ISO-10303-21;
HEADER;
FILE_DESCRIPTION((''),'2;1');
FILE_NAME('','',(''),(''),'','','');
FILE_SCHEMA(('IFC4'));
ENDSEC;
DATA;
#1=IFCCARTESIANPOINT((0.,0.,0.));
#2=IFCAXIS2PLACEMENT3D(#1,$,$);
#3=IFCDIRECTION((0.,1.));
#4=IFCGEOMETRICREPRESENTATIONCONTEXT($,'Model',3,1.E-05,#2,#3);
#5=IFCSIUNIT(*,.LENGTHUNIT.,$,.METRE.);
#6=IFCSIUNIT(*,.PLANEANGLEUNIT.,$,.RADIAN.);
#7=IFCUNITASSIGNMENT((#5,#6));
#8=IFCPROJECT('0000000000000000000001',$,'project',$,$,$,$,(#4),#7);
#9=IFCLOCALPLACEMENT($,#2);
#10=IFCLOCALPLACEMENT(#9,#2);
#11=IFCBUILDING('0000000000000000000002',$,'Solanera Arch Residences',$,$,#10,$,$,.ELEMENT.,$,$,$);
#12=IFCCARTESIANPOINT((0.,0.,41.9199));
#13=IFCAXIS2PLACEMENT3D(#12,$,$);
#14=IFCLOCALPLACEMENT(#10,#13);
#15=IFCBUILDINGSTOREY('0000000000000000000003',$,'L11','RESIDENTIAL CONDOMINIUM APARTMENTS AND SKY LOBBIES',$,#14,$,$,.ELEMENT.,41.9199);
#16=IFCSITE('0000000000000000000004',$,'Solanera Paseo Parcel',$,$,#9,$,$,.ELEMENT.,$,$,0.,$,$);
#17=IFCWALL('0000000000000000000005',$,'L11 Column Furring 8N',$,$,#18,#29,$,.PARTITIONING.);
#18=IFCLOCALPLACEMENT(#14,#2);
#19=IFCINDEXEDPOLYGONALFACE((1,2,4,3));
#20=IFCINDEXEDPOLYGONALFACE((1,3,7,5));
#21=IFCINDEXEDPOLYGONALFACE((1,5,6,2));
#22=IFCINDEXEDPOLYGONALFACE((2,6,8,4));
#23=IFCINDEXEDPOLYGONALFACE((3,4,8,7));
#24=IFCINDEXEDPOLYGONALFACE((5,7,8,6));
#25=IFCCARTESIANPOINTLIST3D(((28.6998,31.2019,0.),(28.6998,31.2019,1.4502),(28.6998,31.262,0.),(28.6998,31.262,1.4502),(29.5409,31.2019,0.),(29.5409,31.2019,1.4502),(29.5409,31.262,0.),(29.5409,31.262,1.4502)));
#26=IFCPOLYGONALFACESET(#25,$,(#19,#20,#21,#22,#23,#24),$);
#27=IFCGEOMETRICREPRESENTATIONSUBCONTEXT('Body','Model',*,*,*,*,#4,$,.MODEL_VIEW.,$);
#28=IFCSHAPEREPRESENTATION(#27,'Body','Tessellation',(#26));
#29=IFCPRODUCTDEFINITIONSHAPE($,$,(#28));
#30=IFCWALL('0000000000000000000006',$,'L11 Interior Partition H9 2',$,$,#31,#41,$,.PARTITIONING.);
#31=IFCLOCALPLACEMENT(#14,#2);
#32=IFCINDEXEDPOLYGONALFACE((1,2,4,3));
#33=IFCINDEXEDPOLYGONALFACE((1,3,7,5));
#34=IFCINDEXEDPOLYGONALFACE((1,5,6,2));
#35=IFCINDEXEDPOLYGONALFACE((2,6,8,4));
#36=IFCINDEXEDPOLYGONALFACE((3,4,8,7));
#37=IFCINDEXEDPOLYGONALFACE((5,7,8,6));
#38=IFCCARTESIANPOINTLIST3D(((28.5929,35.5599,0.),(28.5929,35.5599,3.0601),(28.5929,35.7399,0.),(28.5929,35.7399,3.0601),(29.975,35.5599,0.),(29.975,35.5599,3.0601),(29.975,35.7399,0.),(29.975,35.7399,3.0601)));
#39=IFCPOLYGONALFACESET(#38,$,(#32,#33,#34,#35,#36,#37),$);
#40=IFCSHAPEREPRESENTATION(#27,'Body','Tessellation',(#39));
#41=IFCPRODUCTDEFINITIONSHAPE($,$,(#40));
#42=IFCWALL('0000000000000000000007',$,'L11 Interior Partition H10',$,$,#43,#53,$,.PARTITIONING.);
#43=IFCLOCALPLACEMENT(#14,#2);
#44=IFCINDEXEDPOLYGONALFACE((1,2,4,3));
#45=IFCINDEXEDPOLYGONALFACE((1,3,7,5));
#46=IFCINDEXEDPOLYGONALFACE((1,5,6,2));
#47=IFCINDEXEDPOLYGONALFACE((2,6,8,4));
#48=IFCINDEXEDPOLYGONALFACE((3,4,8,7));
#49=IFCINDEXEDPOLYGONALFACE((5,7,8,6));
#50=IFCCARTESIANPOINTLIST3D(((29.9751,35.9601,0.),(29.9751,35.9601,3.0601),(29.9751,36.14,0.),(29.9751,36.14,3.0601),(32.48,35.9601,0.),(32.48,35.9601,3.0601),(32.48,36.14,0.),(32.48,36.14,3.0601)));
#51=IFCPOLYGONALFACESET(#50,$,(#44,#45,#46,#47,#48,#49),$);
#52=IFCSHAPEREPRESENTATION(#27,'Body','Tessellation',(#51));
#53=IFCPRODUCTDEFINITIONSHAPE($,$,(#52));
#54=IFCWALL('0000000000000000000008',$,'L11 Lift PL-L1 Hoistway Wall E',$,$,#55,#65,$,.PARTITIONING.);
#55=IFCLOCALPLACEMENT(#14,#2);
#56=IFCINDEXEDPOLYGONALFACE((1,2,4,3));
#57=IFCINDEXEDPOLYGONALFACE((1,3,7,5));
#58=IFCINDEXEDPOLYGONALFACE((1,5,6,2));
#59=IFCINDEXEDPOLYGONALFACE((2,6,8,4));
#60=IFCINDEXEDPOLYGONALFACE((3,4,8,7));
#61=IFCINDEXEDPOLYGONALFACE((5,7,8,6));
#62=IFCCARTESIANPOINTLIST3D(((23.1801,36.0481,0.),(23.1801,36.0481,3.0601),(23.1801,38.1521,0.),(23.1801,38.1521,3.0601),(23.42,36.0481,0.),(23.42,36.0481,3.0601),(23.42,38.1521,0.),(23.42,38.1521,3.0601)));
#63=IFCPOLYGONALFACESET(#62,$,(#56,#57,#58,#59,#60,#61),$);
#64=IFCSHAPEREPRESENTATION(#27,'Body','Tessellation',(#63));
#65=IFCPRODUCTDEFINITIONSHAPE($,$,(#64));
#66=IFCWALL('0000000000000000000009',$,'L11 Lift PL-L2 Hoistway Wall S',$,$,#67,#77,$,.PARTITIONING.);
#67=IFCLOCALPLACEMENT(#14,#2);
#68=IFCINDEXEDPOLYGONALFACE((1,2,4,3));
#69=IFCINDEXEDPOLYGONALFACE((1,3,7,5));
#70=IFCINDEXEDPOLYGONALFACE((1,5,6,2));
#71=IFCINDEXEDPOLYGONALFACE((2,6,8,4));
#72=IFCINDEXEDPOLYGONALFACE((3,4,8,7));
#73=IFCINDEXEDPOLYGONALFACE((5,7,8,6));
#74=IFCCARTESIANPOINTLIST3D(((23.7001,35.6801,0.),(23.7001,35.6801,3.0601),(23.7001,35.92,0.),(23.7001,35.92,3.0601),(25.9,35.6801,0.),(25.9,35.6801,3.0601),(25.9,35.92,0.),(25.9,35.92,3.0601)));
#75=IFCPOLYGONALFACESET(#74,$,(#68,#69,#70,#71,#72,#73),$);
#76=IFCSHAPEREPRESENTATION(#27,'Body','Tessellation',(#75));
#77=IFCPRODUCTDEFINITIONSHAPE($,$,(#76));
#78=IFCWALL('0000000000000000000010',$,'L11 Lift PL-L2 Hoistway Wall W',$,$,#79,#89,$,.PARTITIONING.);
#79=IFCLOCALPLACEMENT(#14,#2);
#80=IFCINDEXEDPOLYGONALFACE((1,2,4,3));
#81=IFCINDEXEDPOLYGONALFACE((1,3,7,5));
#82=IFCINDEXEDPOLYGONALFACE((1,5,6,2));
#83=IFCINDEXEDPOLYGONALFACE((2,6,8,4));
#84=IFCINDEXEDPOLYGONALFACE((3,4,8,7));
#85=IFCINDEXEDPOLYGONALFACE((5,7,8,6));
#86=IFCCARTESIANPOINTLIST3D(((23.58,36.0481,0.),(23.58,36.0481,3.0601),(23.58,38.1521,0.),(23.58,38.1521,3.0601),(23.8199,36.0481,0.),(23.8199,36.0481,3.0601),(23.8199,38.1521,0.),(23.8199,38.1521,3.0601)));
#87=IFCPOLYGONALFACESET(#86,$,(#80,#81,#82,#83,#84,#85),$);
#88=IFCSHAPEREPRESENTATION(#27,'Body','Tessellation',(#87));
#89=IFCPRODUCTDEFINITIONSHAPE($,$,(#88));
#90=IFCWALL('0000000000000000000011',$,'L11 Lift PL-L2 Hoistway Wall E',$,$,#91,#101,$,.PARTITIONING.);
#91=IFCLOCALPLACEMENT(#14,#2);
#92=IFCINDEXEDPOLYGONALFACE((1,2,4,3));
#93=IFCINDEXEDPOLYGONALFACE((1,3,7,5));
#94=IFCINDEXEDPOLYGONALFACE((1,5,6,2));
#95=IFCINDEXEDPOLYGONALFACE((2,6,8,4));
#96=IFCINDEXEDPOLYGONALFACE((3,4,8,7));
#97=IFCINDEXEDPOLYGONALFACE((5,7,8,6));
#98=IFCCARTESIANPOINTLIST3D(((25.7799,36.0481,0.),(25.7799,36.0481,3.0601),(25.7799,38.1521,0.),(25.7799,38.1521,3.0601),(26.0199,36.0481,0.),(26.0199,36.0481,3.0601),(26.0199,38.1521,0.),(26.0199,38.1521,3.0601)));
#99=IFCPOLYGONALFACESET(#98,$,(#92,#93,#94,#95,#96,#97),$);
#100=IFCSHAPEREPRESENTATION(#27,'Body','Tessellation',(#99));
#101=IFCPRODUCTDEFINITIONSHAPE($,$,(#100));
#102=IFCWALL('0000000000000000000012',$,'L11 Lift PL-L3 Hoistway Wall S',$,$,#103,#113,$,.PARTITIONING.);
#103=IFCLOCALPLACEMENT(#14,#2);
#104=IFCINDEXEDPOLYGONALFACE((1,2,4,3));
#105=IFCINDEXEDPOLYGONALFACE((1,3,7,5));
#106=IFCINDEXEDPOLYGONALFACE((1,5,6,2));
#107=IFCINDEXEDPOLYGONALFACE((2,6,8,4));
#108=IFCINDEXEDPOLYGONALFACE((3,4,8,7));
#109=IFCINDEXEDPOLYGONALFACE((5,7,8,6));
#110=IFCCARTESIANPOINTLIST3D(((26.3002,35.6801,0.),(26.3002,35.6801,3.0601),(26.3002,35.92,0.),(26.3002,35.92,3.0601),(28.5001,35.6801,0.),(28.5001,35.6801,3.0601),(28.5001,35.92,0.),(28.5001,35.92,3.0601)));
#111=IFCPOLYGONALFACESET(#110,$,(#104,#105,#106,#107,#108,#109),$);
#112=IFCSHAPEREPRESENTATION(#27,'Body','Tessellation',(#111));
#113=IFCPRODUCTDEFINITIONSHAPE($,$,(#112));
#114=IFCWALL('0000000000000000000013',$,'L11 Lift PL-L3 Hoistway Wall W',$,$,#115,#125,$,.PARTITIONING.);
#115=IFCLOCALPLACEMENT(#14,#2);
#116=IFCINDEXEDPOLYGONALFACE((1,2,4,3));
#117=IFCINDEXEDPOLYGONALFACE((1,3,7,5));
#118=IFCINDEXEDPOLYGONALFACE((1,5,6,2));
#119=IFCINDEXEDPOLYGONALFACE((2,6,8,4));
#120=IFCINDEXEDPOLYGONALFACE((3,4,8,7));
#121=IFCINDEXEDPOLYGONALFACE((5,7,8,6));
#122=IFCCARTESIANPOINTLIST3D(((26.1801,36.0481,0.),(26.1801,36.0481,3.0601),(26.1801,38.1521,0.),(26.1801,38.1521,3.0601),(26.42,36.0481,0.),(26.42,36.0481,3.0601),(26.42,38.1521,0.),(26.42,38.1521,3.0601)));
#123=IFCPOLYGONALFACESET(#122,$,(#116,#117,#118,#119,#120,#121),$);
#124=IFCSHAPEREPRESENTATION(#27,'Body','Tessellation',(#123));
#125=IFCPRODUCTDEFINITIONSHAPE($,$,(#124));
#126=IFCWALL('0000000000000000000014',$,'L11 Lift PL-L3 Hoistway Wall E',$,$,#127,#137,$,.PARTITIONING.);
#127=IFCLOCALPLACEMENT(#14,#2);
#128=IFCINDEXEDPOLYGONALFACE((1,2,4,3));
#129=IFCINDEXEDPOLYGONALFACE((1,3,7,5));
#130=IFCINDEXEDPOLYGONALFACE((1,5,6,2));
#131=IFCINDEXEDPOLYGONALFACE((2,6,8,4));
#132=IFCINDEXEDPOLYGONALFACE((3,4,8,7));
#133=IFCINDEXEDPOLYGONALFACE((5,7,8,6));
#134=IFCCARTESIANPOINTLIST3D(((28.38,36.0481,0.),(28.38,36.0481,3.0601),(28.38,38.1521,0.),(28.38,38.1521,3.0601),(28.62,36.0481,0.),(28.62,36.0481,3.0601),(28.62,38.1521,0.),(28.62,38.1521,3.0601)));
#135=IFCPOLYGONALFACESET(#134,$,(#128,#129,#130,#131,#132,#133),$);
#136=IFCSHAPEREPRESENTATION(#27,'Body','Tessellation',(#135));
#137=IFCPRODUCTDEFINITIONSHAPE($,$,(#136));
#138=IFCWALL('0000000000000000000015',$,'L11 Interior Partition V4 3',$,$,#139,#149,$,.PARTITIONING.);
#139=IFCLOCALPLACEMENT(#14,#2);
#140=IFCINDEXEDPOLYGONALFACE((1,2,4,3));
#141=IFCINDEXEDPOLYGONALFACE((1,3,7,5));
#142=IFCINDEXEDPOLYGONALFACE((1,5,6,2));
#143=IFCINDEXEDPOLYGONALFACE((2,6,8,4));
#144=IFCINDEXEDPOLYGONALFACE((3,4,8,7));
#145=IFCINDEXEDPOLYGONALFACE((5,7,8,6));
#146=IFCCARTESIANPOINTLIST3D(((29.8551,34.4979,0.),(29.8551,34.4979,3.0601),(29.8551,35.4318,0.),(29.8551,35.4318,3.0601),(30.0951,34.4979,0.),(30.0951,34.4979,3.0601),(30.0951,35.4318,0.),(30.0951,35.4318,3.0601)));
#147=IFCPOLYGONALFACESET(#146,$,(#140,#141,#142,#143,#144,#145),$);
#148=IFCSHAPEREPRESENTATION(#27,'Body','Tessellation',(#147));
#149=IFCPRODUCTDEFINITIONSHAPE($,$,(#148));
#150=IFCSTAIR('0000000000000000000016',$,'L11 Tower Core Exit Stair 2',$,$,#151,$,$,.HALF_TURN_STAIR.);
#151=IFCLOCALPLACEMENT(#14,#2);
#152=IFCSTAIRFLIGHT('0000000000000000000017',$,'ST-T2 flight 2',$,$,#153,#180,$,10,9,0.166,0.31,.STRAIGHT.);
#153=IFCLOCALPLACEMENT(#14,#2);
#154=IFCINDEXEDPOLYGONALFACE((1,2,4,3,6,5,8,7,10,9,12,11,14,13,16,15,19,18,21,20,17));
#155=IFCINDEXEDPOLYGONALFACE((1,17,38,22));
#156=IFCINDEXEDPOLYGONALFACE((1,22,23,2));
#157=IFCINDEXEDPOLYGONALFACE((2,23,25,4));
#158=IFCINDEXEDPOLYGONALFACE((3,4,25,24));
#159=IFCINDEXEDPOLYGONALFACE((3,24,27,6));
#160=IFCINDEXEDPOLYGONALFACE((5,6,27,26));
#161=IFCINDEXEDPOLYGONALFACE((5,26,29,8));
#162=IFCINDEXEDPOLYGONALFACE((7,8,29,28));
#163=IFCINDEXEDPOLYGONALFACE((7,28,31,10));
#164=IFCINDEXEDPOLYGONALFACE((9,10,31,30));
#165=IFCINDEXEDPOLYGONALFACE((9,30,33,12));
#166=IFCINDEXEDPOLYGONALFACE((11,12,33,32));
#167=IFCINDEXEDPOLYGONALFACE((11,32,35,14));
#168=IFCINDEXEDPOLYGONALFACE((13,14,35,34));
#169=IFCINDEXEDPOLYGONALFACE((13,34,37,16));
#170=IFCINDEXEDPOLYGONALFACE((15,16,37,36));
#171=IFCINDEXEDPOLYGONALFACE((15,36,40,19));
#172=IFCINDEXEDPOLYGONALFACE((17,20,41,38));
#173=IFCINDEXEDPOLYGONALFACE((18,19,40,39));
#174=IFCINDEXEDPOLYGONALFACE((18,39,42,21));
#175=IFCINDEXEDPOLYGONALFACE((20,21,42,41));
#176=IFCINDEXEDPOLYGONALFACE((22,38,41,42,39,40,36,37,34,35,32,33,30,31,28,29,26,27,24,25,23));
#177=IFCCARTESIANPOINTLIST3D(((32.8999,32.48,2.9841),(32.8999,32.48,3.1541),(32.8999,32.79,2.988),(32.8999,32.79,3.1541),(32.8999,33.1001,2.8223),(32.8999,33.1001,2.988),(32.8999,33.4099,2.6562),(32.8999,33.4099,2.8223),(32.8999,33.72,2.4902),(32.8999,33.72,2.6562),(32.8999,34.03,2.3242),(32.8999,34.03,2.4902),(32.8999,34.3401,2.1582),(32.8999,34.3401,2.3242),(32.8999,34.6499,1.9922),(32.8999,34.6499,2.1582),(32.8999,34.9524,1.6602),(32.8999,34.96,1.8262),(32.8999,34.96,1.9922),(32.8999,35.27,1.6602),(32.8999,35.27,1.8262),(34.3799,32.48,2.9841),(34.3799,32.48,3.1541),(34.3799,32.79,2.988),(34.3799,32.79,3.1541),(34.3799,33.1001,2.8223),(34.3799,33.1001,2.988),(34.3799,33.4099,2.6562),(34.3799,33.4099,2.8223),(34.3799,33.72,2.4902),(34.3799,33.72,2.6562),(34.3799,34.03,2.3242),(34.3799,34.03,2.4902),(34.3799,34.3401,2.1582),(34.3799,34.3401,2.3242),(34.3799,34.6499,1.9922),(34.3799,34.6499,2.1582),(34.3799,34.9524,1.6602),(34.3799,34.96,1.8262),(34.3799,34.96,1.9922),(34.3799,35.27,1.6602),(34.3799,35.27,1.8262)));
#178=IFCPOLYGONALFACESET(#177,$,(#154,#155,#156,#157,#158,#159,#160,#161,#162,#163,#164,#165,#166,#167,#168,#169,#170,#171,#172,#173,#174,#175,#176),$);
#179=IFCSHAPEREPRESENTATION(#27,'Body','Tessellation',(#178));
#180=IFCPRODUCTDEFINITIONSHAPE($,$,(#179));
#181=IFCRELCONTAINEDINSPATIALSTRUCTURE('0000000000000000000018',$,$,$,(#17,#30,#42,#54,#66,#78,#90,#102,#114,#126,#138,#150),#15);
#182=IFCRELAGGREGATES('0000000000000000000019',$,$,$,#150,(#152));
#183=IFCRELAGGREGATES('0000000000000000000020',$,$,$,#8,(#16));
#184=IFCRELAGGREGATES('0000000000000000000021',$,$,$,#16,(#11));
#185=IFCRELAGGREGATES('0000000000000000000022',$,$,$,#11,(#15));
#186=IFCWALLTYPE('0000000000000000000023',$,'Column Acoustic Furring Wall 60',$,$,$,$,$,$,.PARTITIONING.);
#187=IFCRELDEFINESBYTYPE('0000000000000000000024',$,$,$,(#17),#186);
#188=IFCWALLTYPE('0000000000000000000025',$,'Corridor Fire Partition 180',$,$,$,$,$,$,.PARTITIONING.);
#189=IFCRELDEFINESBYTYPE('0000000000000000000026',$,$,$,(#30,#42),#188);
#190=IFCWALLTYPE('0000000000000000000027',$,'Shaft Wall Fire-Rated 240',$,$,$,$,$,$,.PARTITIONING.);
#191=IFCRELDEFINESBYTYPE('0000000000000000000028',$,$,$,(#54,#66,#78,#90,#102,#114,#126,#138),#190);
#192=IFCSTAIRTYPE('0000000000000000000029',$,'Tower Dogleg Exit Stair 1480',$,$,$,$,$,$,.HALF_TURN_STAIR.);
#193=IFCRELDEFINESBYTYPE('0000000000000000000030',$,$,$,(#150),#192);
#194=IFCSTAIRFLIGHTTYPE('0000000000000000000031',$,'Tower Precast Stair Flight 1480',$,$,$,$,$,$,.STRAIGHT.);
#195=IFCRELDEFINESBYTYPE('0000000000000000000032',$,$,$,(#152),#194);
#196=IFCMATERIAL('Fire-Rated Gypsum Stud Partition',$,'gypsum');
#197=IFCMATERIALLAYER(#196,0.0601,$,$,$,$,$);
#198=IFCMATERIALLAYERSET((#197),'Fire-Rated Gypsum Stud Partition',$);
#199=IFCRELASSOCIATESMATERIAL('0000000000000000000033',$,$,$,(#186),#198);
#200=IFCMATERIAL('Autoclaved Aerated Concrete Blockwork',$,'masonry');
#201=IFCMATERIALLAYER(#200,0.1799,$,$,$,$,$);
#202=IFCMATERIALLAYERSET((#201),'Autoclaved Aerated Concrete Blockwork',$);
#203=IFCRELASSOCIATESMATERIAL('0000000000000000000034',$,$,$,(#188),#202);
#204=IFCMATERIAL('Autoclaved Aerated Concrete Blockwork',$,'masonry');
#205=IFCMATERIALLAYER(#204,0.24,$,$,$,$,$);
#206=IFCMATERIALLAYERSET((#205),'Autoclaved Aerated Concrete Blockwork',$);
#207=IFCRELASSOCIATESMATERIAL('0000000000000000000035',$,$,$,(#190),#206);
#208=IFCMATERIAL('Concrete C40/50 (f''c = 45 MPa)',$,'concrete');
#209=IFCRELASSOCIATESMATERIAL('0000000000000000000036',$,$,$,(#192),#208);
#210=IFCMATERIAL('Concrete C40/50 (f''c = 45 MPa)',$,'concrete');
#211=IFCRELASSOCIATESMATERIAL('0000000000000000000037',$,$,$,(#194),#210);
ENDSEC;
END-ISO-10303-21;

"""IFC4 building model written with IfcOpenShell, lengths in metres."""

from ifc_helpers import new_model, si_unit, direction, frame, frame_2d, origin, place, context, subcontext, project, spatial, polyline, rectangle, outline, extrude, material, layer, layer_set, type_object, element, aggregate, save


model = new_model("IFC4")

# Units and contexts
model_context = context("Model", 3, precision=1e-05, world=origin(), true_north=direction((0.0, 1.0)))
body_context = subcontext(model_context, "Body", "Model", "MODEL_VIEW")
ifc_project = project(units=[si_unit("LENGTHUNIT", "METRE"), si_unit("PLANEANGLEUNIT", "RADIAN")], contexts=[model_context])

# Site, building, storey
site_placement = place(None, origin())
site = spatial("IfcSite", under=ifc_project, at=site_placement, Name="Solanera Paseo Parcel", CompositionType="ELEMENT", RefElevation=0.0)
building_placement = place(site_placement, origin())
building = spatial("IfcBuilding", under=site, at=building_placement, Name="Solanera Arch Residences", CompositionType="ELEMENT")
storey_placement = place(building_placement, frame((0.0, 0.0, 41.9199)))
storey = spatial("IfcBuildingStorey", under=building, at=storey_placement, Name="L11", Description="RESIDENTIAL CONDOMINIUM APARTMENTS AND SKY LOBBIES", CompositionType="ELEMENT", Elevation=41.9199)

# Wall
ifc_material_1 = material(Name="Fire-Rated Gypsum Stud Partition", Category="gypsum")
ifc_layer_1 = layer(ifc_material_1, 0.0601)
ifc_layer_set_1 = layer_set([ifc_layer_1], Name="Fire-Rated Gypsum Stud Partition")
wall_type_1 = type_object("IfcWallType", Name="Column Acoustic Furring Wall 60", PredefinedType="PARTITIONING", material=ifc_layer_set_1)
wall_1_placement = place(storey_placement, frame((28.7, 31.2319, 0.0), z_axis=(0.0, 0.0, 1.0), x_axis=(1.0, 0.0, 0.0)))
element("IfcWall", 1, at=wall_1_placement, inside=storey, type_object=wall_type_1, Name="L11 Column Furring 8N", PredefinedType="PARTITIONING", context=body_context, shape_type="SweptSolid", body=[
    extrude(rectangle(XDim=0.8411, YDim=0.0601, at=frame_2d((0.4204, 0.0))), origin(), (0.0, 0.0, 1.0), 1.4502),
])

# Walls
ifc_material_2 = material(Name="Autoclaved Aerated Concrete Blockwork", Category="masonry")
ifc_layer_2 = layer(ifc_material_2, 0.1799)
ifc_layer_set_2 = layer_set([ifc_layer_2], Name="Autoclaved Aerated Concrete Blockwork")
wall_type_2 = type_object("IfcWallType", Name="Corridor Fire Partition 180", PredefinedType="PARTITIONING", material=ifc_layer_set_2)
wall_2_placement = place(storey_placement, frame((28.593, 35.6499, 0.0), z_axis=(0.0, 0.0, 1.0), x_axis=(1.0, 0.0, 0.0)))
element("IfcWall", 2, at=wall_2_placement, inside=storey, type_object=wall_type_2, Name="L11 Interior Partition H9 2", PredefinedType="PARTITIONING", context=body_context, shape_type="SweptSolid", body=[
    extrude(rectangle(XDim=1.3821, YDim=0.1799, at=frame_2d((0.6909, 0.0))), origin(), (0.0, 0.0, 1.0), 3.0601),
])
wall_3_placement = place(storey_placement, frame((29.9751, 36.05, 0.0), z_axis=(0.0, 0.0, 1.0), x_axis=(1.0, 0.0, 0.0)))
element("IfcWall", 3, at=wall_3_placement, inside=storey, type_object=wall_type_2, Name="L11 Interior Partition H10", PredefinedType="PARTITIONING", context=body_context, shape_type="SweptSolid", body=[
    extrude(rectangle(XDim=2.5049, YDim=0.1799, at=frame_2d((1.2524, 0.0))), origin(), (0.0, 0.0, 1.0), 3.0601),
])
ifc_material_3 = material(Name="Autoclaved Aerated Concrete Blockwork", Category="masonry")
ifc_layer_3 = layer(ifc_material_3, 0.24)
ifc_layer_set_3 = layer_set([ifc_layer_3], Name="Autoclaved Aerated Concrete Blockwork")
wall_type_3 = type_object("IfcWallType", Name="Shaft Wall Fire-Rated 240", PredefinedType="PARTITIONING", material=ifc_layer_set_3)
wall_4_placement = place(storey_placement, frame((23.3, 36.0481, 0.0), z_axis=(0.0, 0.0, 1.0), x_axis=(0.0, 1.0, 0.0)))
element("IfcWall", 4, at=wall_4_placement, inside=storey, type_object=wall_type_3, Name="L11 Lift PL-L1 Hoistway Wall E", PredefinedType="PARTITIONING", context=body_context, shape_type="SweptSolid", body=[
    extrude(rectangle(XDim=2.104, YDim=0.24, at=frame_2d((1.052, 0.0))), origin(), (0.0, 0.0, 1.0), 3.0601),
])
wall_5_placement = place(storey_placement, frame((23.7, 35.8, 0.0), z_axis=(0.0, 0.0, 1.0), x_axis=(1.0, 0.0, 0.0)))
element("IfcWall", 5, at=wall_5_placement, inside=storey, type_object=wall_type_3, Name="L11 Lift PL-L2 Hoistway Wall S", PredefinedType="PARTITIONING", context=body_context, shape_type="SweptSolid", body=[
    extrude(rectangle(XDim=2.2, YDim=0.24, at=frame_2d((1.1001, 0.0))), origin(), (0.0, 0.0, 1.0), 3.0601),
])
for number, where, z_axis, x_axis, name in (
    (6, (23.7, 36.0481, 0.0), (0.0, 0.0, 1.0), (0.0, 1.0, 0.0), "L11 Lift PL-L2 Hoistway Wall W"),
    (7, (25.8999, 36.0481, 0.0), (0.0, 0.0, 1.0), (0.0, 1.0, 0.0), "L11 Lift PL-L2 Hoistway Wall E"),
):
    element("IfcWall", number, at=place(storey_placement, frame(where, z_axis=z_axis, x_axis=x_axis)), inside=storey, type_object=wall_type_3, Name=name, PredefinedType="PARTITIONING", context=body_context, shape_type="SweptSolid", body=[
        extrude(rectangle(XDim=2.104, YDim=0.24, at=frame_2d((1.052, 0.0))), origin(), (0.0, 0.0, 1.0), 3.0601),
    ])
wall_6_placement = place(storey_placement, frame((26.3, 35.8, 0.0), z_axis=(0.0, 0.0, 1.0), x_axis=(1.0, 0.0, 0.0)))
element("IfcWall", 8, at=wall_6_placement, inside=storey, type_object=wall_type_3, Name="L11 Lift PL-L3 Hoistway Wall S", PredefinedType="PARTITIONING", context=body_context, shape_type="SweptSolid", body=[
    extrude(rectangle(XDim=2.2, YDim=0.24, at=frame_2d((1.1001, 0.0))), origin(), (0.0, 0.0, 1.0), 3.0601),
])
for number, where, z_axis, x_axis, name in (
    (9, (26.3, 36.0481, 0.0), (0.0, 0.0, 1.0), (0.0, 1.0, 0.0), "L11 Lift PL-L3 Hoistway Wall W"),
    (10, (28.5, 36.0481, 0.0), (0.0, 0.0, 1.0), (0.0, 1.0, 0.0), "L11 Lift PL-L3 Hoistway Wall E"),
):
    element("IfcWall", number, at=place(storey_placement, frame(where, z_axis=z_axis, x_axis=x_axis)), inside=storey, type_object=wall_type_3, Name=name, PredefinedType="PARTITIONING", context=body_context, shape_type="SweptSolid", body=[
        extrude(rectangle(XDim=2.104, YDim=0.24, at=frame_2d((1.052, 0.0))), origin(), (0.0, 0.0, 1.0), 3.0601),
    ])

# Wall
wall_7_placement = place(storey_placement, frame((29.9751, 34.498, 0.0), z_axis=(0.0, 0.0, 1.0), x_axis=(0.0, 1.0, 0.0)))
element("IfcWall", 11, at=wall_7_placement, inside=storey, type_object=wall_type_3, Name="L11 Interior Partition V4 3", PredefinedType="PARTITIONING", context=body_context, shape_type="SweptSolid", body=[
    extrude(rectangle(XDim=0.9338, YDim=0.24, at=frame_2d((0.4668, 0.0))), origin(), (0.0, 0.0, 1.0), 3.0601),
])

# Stair, stair flight
ifc_material_4 = material(Name="Concrete C40/50 (f'c = 45 MPa)", Category="concrete")
stair_type = type_object("IfcStairType", Name="Tower Dogleg Exit Stair 1480", PredefinedType="HALF_TURN_STAIR", material=ifc_material_4)
stair_placement = place(storey_placement, origin())
stair = element("IfcStair", 12, at=stair_placement, inside=storey, type_object=stair_type, Name="L11 Tower Core Exit Stair 2", PredefinedType="HALF_TURN_STAIR")
ifc_material_5 = material(Name="Concrete C40/50 (f'c = 45 MPa)", Category="concrete")
stair_flight_type = type_object("IfcStairFlightType", Name="Tower Precast Stair Flight 1480", PredefinedType="STRAIGHT", material=ifc_material_5)
stair_flight_placement = place(storey_placement, frame((33.6399, 35.27, 1.6602), z_axis=(0.0, 0.0, 1.0), x_axis=(0.0, -1.0, 0.0)))
stair_flight = element("IfcStairFlight", 13, at=stair_flight_placement, type_object=stair_flight_type, Name="ST-T2 flight 2", NumberOfRisers=10, NumberOfTreads=9, PredefinedType="STRAIGHT", RiserHeight=0.166, TreadLength=0.31, context=body_context, shape_type="SweptSolid", body=[
    extrude(outline(polyline([(0.0, 0.0), (0.0, 0.166), (0.3101, 0.166), (0.3101, 0.332), (0.6201, 0.332), (0.6201, 0.498), (0.9299, 0.498), (0.9299, 0.6641), (1.24, 0.6641), (1.24, 0.8301), (1.55, 0.8301), (1.55, 0.9961), (1.8601, 0.9961), (1.8601, 1.1621), (2.1699, 1.1621), (2.1699, 1.3279), (2.48, 1.3279), (2.48, 1.4939), (2.79, 1.4939), (2.79, 1.6599), (2.79, 1.324), (0.3176, 0.0), (0.0, 0.0)])), frame((0.0, 0.74, 0.0), z_axis=(0.0, -1.0, 0.0), x_axis=(1.0, 0.0, 0.0)), (0.0, 0.0, 1.0), 1.48),
])
aggregate(stair, [stair_flight])

save(model, "model.ifc")
